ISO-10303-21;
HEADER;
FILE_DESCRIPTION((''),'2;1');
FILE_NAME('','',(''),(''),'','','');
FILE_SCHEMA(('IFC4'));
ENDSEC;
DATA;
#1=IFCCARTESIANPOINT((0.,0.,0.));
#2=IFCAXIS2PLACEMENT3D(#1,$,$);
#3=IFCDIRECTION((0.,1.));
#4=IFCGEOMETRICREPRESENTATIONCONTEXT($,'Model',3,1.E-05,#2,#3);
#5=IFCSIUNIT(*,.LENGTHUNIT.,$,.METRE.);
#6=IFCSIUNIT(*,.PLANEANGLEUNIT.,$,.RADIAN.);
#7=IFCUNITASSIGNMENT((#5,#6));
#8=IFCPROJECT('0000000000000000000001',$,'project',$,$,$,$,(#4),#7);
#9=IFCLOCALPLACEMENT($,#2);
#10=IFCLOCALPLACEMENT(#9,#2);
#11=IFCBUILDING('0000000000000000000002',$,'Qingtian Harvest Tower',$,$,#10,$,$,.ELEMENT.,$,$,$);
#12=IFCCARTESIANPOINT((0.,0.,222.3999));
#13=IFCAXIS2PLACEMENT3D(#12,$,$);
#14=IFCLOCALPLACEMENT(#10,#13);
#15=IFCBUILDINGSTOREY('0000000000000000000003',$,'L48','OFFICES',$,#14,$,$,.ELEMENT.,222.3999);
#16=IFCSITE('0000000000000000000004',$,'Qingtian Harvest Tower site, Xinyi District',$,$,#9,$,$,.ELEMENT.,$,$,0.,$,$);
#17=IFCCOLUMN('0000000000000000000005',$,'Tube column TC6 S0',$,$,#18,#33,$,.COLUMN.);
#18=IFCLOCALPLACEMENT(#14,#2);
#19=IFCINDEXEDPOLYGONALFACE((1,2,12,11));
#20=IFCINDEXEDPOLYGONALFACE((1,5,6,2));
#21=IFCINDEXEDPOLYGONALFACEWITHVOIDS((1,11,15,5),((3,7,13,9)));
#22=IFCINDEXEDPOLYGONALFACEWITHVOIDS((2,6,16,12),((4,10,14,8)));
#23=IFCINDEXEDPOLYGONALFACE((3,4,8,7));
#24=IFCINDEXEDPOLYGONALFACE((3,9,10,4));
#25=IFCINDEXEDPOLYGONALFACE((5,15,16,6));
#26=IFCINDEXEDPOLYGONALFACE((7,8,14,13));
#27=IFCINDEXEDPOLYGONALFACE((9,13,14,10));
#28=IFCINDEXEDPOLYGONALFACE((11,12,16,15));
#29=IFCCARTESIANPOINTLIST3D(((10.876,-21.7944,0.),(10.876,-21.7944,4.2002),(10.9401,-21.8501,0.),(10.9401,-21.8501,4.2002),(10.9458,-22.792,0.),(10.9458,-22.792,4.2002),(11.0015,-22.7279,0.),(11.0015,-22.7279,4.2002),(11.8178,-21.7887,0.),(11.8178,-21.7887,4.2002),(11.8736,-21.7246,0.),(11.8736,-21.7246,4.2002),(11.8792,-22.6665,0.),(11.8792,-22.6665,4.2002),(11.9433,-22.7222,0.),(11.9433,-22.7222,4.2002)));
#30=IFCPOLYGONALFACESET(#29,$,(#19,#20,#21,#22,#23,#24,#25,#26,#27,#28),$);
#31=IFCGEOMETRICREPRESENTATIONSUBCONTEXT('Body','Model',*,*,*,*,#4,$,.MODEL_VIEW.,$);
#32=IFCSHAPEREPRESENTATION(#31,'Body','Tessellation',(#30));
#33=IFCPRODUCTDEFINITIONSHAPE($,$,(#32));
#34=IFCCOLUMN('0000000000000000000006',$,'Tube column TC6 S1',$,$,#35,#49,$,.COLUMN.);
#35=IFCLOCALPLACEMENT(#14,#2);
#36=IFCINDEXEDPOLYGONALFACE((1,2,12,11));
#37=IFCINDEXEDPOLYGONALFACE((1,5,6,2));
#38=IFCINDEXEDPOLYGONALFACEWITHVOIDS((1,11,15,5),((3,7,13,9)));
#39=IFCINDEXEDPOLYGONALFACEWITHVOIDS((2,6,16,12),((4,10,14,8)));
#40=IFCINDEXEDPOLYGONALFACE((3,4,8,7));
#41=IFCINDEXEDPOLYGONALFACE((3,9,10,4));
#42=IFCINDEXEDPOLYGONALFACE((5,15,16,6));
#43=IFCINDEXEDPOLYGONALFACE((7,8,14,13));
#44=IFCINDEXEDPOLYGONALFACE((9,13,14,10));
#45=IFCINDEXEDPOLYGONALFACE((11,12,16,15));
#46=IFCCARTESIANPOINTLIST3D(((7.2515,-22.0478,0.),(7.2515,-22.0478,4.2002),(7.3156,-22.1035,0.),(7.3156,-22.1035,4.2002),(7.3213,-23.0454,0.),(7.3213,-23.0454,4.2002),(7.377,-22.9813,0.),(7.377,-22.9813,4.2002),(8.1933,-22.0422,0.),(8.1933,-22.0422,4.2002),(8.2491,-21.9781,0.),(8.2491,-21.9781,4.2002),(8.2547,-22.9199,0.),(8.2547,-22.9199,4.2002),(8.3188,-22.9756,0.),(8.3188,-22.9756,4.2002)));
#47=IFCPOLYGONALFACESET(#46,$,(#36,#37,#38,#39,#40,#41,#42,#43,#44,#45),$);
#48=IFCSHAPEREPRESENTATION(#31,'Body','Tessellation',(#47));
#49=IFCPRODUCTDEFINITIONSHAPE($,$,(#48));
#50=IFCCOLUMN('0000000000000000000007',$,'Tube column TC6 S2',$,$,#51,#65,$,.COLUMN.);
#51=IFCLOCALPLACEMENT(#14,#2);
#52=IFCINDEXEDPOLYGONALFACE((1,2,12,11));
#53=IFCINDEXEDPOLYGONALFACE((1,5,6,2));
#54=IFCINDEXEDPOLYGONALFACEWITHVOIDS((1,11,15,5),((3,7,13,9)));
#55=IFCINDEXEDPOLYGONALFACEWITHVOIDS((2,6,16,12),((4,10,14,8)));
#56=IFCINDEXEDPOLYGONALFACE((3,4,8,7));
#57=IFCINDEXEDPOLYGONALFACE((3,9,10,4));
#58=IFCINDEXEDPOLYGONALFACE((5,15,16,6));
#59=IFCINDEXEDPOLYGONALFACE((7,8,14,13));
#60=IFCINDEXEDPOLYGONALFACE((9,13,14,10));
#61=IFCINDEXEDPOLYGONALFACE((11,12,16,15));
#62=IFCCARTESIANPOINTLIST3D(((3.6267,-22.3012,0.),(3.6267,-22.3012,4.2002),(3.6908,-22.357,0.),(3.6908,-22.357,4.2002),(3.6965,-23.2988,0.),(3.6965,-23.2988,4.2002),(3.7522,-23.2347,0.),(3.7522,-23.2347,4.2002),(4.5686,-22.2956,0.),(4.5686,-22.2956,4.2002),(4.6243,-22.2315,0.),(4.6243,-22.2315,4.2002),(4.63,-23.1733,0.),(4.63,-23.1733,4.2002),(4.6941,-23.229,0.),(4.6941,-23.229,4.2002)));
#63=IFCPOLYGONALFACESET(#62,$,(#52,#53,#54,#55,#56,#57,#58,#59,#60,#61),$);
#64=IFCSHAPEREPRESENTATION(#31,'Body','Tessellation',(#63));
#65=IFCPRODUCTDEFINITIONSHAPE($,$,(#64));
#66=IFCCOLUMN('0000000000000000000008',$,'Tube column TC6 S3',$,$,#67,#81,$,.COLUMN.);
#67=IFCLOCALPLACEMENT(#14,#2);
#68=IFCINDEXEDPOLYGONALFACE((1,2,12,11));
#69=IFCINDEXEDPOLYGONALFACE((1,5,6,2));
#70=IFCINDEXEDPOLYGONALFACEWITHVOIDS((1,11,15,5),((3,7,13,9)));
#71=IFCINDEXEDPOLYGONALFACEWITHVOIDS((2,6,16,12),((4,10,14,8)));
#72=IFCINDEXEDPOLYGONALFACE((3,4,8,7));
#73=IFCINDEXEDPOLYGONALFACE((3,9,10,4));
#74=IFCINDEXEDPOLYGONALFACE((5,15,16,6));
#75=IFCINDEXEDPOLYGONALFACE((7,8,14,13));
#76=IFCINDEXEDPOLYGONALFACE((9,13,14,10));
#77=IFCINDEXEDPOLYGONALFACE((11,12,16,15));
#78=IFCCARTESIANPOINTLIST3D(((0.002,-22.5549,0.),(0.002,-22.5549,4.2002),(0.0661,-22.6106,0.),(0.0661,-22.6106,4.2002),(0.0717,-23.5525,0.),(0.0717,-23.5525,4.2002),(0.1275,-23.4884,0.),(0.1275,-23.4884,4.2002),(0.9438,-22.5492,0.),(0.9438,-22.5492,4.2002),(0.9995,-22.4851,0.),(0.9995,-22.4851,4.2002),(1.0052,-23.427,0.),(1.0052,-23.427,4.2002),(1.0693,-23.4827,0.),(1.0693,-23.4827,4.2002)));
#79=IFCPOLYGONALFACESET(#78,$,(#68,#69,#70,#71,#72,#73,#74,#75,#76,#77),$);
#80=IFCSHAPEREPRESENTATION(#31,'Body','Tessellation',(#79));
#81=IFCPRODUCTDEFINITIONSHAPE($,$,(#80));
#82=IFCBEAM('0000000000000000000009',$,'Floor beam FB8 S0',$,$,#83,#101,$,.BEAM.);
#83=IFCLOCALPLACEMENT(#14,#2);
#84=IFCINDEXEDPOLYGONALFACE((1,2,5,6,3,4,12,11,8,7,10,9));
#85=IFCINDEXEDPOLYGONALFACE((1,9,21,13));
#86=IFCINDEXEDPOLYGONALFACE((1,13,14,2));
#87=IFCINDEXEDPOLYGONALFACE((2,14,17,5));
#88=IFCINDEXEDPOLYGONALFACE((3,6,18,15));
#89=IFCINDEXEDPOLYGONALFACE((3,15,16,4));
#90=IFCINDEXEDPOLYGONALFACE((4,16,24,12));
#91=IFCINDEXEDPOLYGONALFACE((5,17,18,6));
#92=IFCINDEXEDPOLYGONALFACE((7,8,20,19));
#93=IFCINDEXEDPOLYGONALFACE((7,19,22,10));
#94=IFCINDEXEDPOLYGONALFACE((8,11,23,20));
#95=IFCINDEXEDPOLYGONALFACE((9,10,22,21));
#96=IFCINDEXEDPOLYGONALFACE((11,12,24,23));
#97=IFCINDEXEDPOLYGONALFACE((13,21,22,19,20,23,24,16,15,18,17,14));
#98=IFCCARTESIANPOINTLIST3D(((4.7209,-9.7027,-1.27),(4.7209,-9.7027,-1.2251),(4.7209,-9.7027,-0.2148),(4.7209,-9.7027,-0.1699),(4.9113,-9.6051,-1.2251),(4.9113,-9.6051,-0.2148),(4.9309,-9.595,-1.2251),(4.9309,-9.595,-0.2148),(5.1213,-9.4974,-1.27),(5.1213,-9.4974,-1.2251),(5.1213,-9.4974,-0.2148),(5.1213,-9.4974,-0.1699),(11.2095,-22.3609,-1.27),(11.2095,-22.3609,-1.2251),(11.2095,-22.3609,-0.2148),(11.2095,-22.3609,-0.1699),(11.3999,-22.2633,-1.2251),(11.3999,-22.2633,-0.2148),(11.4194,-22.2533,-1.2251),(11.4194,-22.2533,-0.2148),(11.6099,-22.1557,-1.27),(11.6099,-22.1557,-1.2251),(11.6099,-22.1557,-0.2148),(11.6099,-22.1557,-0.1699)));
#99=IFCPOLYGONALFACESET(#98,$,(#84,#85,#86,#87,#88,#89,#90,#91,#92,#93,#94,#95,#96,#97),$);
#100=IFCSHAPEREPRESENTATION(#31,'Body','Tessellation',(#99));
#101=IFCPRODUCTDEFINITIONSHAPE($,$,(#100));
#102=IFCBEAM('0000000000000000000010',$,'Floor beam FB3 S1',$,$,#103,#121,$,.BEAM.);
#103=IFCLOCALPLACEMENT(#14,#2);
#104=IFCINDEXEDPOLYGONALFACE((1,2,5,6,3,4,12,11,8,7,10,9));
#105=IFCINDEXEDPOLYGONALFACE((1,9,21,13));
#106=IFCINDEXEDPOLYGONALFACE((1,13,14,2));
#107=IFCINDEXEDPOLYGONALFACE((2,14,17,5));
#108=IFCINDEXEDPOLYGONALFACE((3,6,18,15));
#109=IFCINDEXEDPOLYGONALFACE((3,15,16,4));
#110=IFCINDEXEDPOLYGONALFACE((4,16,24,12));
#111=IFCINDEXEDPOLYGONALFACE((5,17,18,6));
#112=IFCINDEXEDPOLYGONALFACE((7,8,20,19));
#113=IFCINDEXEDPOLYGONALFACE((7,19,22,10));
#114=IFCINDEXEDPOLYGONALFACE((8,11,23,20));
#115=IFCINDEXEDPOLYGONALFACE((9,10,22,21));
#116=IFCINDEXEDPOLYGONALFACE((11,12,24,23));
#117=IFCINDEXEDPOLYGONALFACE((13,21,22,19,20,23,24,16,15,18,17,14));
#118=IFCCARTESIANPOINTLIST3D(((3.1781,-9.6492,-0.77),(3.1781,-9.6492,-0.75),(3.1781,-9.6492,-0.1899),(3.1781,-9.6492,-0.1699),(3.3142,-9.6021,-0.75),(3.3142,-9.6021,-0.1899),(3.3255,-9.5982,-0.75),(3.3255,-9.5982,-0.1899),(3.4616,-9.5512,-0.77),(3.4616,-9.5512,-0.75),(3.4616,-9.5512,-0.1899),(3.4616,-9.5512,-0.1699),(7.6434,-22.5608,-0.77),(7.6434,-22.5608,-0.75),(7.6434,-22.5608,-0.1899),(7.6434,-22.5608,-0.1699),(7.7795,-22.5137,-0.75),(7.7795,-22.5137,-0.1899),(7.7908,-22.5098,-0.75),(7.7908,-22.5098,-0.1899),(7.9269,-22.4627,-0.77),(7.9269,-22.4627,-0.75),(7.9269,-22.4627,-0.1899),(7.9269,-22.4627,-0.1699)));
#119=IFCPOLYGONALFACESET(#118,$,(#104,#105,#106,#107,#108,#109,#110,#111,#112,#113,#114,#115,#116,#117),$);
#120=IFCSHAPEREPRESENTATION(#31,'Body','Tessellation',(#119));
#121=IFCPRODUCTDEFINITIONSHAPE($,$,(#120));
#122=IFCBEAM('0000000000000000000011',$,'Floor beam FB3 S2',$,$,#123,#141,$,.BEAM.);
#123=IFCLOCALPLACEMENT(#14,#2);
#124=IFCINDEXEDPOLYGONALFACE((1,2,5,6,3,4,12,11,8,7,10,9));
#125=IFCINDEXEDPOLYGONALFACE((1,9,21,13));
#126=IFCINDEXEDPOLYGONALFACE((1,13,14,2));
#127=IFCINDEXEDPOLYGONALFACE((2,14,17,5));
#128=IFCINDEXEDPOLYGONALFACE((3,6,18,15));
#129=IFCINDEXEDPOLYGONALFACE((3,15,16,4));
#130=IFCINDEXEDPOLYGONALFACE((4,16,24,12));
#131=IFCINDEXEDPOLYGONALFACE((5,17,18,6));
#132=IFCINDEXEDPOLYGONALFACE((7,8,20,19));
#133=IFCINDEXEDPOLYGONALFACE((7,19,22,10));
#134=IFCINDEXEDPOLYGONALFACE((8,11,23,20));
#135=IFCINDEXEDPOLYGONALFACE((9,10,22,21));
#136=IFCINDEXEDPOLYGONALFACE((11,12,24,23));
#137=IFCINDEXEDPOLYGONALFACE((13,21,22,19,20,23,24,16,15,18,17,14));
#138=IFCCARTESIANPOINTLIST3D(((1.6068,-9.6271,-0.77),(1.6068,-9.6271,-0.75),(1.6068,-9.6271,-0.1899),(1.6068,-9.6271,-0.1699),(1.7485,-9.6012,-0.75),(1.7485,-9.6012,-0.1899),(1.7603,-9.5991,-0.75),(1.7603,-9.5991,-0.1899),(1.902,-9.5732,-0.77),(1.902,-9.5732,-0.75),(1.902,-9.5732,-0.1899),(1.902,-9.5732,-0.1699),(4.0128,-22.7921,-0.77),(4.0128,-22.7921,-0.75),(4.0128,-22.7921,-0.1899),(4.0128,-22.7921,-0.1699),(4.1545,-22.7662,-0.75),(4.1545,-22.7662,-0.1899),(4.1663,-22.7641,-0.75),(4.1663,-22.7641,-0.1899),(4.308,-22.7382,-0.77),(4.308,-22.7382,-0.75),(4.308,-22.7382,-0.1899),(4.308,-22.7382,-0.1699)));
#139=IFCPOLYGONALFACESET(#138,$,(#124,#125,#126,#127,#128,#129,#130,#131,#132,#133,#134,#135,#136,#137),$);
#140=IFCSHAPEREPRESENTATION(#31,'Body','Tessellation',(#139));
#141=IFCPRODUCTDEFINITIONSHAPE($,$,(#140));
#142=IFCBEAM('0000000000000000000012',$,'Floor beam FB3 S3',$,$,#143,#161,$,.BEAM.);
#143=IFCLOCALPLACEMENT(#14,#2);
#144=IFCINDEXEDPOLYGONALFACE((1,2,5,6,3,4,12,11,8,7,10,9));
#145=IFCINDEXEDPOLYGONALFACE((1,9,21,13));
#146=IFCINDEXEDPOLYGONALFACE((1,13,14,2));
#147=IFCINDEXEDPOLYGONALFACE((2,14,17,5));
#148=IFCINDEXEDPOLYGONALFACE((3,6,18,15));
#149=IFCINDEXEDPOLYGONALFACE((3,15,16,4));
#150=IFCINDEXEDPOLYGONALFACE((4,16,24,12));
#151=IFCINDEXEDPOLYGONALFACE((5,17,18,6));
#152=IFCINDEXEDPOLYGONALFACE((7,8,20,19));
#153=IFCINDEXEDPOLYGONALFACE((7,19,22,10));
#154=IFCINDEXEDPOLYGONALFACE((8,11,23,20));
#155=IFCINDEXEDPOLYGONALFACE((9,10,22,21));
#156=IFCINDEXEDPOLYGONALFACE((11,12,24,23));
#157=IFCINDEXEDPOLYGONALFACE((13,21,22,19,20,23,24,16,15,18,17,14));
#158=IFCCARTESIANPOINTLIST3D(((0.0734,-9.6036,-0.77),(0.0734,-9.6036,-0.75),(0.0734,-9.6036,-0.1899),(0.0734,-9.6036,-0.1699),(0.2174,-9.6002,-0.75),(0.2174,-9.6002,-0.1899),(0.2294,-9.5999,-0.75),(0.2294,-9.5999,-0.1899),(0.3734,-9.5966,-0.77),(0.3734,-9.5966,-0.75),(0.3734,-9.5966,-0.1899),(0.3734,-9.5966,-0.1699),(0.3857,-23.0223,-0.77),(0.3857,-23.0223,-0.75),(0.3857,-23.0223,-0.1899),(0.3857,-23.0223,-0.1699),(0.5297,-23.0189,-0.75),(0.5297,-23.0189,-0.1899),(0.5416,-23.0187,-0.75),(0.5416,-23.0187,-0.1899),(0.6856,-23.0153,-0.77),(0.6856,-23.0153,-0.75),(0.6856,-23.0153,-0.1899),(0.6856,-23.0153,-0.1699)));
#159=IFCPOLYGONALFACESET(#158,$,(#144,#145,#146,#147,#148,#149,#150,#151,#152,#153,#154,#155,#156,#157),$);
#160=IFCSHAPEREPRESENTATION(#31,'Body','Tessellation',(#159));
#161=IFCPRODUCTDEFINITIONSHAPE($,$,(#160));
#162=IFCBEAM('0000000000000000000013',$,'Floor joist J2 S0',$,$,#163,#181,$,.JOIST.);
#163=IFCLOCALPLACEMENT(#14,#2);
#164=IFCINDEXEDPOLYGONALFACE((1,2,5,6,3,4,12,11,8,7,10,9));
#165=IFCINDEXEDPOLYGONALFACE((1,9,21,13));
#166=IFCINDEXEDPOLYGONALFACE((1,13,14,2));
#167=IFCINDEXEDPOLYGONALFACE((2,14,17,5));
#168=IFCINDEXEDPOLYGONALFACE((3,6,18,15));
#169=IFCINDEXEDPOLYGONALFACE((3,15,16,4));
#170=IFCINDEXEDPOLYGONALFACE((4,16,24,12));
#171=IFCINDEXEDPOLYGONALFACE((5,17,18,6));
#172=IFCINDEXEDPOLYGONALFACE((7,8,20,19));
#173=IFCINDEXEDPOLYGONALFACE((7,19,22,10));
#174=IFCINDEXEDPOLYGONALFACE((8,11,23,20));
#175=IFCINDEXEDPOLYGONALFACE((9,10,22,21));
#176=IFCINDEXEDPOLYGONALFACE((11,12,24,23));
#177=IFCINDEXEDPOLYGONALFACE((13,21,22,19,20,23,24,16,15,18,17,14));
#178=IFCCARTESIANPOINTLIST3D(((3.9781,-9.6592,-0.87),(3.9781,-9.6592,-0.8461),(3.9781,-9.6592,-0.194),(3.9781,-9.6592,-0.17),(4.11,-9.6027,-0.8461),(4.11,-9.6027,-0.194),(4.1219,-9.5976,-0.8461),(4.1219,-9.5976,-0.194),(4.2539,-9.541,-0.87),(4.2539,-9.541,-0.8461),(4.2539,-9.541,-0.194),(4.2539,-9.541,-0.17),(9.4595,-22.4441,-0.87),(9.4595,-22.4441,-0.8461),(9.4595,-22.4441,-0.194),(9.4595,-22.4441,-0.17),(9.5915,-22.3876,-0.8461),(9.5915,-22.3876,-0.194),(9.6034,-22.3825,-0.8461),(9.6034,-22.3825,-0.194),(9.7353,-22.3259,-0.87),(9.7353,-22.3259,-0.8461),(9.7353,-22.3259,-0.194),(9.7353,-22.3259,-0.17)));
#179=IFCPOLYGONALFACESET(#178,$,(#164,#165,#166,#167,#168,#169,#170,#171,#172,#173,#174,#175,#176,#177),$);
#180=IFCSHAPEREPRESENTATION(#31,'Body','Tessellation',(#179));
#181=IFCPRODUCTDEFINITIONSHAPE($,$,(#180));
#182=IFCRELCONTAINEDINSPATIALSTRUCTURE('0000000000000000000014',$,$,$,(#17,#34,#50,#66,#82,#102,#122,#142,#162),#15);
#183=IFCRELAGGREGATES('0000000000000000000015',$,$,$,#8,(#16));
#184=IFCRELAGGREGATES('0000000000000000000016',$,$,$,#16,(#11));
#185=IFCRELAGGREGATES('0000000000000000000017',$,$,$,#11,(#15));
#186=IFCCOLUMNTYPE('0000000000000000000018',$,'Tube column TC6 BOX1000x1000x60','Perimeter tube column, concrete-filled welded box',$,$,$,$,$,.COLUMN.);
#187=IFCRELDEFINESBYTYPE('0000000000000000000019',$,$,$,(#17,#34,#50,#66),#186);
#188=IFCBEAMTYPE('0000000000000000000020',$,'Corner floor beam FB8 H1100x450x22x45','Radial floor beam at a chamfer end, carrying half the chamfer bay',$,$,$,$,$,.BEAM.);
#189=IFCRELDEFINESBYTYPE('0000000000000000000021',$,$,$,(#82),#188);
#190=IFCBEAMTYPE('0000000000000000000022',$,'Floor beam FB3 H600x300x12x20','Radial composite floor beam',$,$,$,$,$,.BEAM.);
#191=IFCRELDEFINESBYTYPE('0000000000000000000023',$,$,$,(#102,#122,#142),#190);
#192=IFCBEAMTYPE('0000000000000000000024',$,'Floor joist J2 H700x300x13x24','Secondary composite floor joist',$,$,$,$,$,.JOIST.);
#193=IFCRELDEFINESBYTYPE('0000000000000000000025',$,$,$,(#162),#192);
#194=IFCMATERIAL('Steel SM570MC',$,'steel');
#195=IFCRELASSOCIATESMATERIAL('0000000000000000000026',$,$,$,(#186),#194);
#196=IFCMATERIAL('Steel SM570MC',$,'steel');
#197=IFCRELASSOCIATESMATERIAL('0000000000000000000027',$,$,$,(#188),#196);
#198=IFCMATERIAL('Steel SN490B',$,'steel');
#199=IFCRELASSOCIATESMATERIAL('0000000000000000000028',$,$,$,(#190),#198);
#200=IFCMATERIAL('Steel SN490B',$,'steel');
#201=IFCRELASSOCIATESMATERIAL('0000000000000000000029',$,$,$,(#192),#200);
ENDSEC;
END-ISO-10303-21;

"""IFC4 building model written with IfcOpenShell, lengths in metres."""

from ifc_helpers import new_model, si_unit, direction, frame, origin, origin_2d, place, context, subcontext, project, spatial, hollow_rectangle, i_section, extrude, material, material_profile, profile_set, type_object, element, save


model = new_model("IFC4")

# Units and contexts
model_context = context("Model", 3, precision=1e-05, world=origin(), true_north=direction((0.0, 1.0)))
body_context = subcontext(model_context, "Body", "Model", "MODEL_VIEW")
ifc_project = project(units=[si_unit("LENGTHUNIT", "METRE"), si_unit("PLANEANGLEUNIT", "RADIAN")], contexts=[model_context])

# Site, building, storey
site_placement = place(None, origin())
site = spatial("IfcSite", under=ifc_project, at=site_placement, Name="Qingtian Harvest Tower site, Xinyi District", CompositionType="ELEMENT", RefElevation=0.0)
building_placement = place(site_placement, origin())
building = spatial("IfcBuilding", under=site, at=building_placement, Name="Qingtian Harvest Tower", CompositionType="ELEMENT")
storey_placement = place(building_placement, frame((0.0, 0.0, 222.3999)))
storey = spatial("IfcBuildingStorey", under=building, at=storey_placement, Name="L48", Description="OFFICES", CompositionType="ELEMENT", Elevation=222.3999)

# Columns
ifc_material_1 = material(Name="Steel SM570MC", Category="steel")
ifc_material_profile_1 = material_profile(ifc_material_1, hollow_rectangle(XDim=1.0, YDim=1.0, WallThickness=0.0601, at=origin_2d()), Name="BOX1000x1000x60")
ifc_profile_set_1 = profile_set([ifc_material_profile_1], Name="Steel SM570MC")
column_type = type_object("IfcColumnType", Name="Tube column TC6 BOX1000x1000x60", Description="Perimeter tube column, concrete-filled welded box", PredefinedType="COLUMN", material=ifc_profile_set_1)
for number, where, z_axis, x_axis, name in (
    (1, (11.4097, -22.2583, 0.0), (0.0, 0.0, 1.0), (0.997564, 0.069756, 0.0), "Tube column TC6 S0"),
    (2, (7.7852, -22.5117, 0.0), (0.0, 0.0, 1.0), (0.997564, 0.069756, 0.0), "Tube column TC6 S1"),
    (3, (4.1604, -22.7651, 0.0), (0.0, 0.0, 1.0), (0.997564, 0.069756, 0.0), "Tube column TC6 S2"),
    (4, (0.5356, -23.0188, 0.0), (0.0, 0.0, 1.0), (0.997564, 0.069756, 0.0), "Tube column TC6 S3"),
):
    element("IfcColumn", number, at=place(storey_placement, frame(where, z_axis=z_axis, x_axis=x_axis)), inside=storey, type_object=column_type, Name=name, PredefinedType="COLUMN", context=body_context, shape_type="SweptSolid", body=[
        extrude(hollow_rectangle(XDim=1.0, YDim=1.0, WallThickness=0.0601, at=origin_2d()), origin(), (0.0, 0.0, 1.0), 4.2002),
    ])

# Beams
ifc_material_2 = material(Name="Steel SM570MC", Category="steel")
ifc_material_profile_2 = material_profile(ifc_material_2, i_section(OverallWidth=0.45, OverallDepth=1.1001, WebThickness=0.022, FlangeThickness=0.0449, at=origin_2d()), Name="H1100x450x22x45")
ifc_profile_set_2 = profile_set([ifc_material_profile_2], Name="Steel SM570MC")
beam_type_1 = type_object("IfcBeamType", Name="Corner floor beam FB8 H1100x450x22x45", Description="Radial floor beam at a chamfer end, carrying half the chamfer bay", PredefinedType="BEAM", material=ifc_profile_set_2)
beam_1_placement = place(storey_placement, frame((11.4097, -22.2583, -0.72), z_axis=(-0.456157, 0.889899, 0.0), x_axis=(-0.889899, -0.456157, 0.0)))
element("IfcBeam", 5, at=beam_1_placement, inside=storey, type_object=beam_type_1, Name="Floor beam FB8 S0", PredefinedType="BEAM", context=body_context, shape_type="SweptSolid", body=[
    extrude(i_section(OverallWidth=0.45, OverallDepth=1.1001, WebThickness=0.022, FlangeThickness=0.0449, at=origin_2d()), origin(), (0.0, 0.0, 1.0), 14.2244),
])
ifc_material_3 = material(Name="Steel SN490B", Category="steel")
ifc_material_profile_3 = material_profile(ifc_material_3, i_section(OverallWidth=0.3, OverallDepth=0.6001, WebThickness=0.012, FlangeThickness=0.02, at=origin_2d()), Name="H600x300x12x20")
ifc_profile_set_3 = profile_set([ifc_material_profile_3], Name="Steel SN490B")
beam_type_2 = type_object("IfcBeamType", Name="Floor beam FB3 H600x300x12x20", Description="Radial composite floor beam", PredefinedType="BEAM", material=ifc_profile_set_3)
beam_2_placement = place(storey_placement, frame((7.7852, -22.5117, -0.47), z_axis=(-0.326844, 0.945078, 0.0), x_axis=(-0.945078, -0.326844, 0.0)))
element("IfcBeam", 6, at=beam_2_placement, inside=storey, type_object=beam_type_2, Name="Floor beam FB3 S1", PredefinedType="BEAM", context=body_context, shape_type="SweptSolid", body=[
    extrude(i_section(OverallWidth=0.3, OverallDepth=0.6001, WebThickness=0.012, FlangeThickness=0.02, at=origin_2d()), origin(), (0.0, 0.0, 1.0), 13.6619),
])
beam_3_placement = place(storey_placement, frame((4.1604, -22.7651, -0.47), z_axis=(-0.17978, 0.983707, 0.0), x_axis=(-0.983707, -0.17978, 0.0)))
element("IfcBeam", 7, at=beam_3_placement, inside=storey, type_object=beam_type_2, Name="Floor beam FB3 S2", PredefinedType="BEAM", context=body_context, shape_type="SweptSolid", body=[
    extrude(i_section(OverallWidth=0.3, OverallDepth=0.6001, WebThickness=0.012, FlangeThickness=0.02, at=origin_2d()), origin(), (0.0, 0.0, 1.0), 13.3831),
])
beam_4_placement = place(storey_placement, frame((0.5356, -23.0188, -0.47), z_axis=(-0.023264, 0.999729, 0.0), x_axis=(-0.999729, -0.023264, 0.0)))
element("IfcBeam", 8, at=beam_4_placement, inside=storey, type_object=beam_type_2, Name="Floor beam FB3 S3", PredefinedType="BEAM", context=body_context, shape_type="SweptSolid", body=[
    extrude(i_section(OverallWidth=0.3, OverallDepth=0.6001, WebThickness=0.012, FlangeThickness=0.02, at=origin_2d()), origin(), (0.0, 0.0, 1.0), 13.4224),
])
ifc_material_4 = material(Name="Steel SN490B", Category="steel")
ifc_material_profile_4 = material_profile(ifc_material_4, i_section(OverallWidth=0.3, OverallDepth=0.7, WebThickness=0.0129, FlangeThickness=0.0239, at=origin_2d()), Name="H700x300x13x24")
ifc_profile_set_4 = profile_set([ifc_material_profile_4], Name="Steel SN490B")
beam_type_3 = type_object("IfcBeamType", Name="Floor joist J2 H700x300x13x24", Description="Secondary composite floor joist", PredefinedType="JOIST", material=ifc_profile_set_4)
beam_5_placement = place(storey_placement, frame((9.5974, -22.385, -0.52), z_axis=(-0.394053, 0.919088, 0.0), x_axis=(-0.919088, -0.394053, 0.0)))
element("IfcBeam", 9, at=beam_5_placement, inside=storey, type_object=beam_type_3, Name="Floor joist J2 S0", PredefinedType="JOIST", context=body_context, shape_type="SweptSolid", body=[
    extrude(i_section(OverallWidth=0.3, OverallDepth=0.7, WebThickness=0.0129, FlangeThickness=0.0239, at=origin_2d()), origin(), (0.0, 0.0, 1.0), 13.9104),
])

save(model, "model.ifc")
